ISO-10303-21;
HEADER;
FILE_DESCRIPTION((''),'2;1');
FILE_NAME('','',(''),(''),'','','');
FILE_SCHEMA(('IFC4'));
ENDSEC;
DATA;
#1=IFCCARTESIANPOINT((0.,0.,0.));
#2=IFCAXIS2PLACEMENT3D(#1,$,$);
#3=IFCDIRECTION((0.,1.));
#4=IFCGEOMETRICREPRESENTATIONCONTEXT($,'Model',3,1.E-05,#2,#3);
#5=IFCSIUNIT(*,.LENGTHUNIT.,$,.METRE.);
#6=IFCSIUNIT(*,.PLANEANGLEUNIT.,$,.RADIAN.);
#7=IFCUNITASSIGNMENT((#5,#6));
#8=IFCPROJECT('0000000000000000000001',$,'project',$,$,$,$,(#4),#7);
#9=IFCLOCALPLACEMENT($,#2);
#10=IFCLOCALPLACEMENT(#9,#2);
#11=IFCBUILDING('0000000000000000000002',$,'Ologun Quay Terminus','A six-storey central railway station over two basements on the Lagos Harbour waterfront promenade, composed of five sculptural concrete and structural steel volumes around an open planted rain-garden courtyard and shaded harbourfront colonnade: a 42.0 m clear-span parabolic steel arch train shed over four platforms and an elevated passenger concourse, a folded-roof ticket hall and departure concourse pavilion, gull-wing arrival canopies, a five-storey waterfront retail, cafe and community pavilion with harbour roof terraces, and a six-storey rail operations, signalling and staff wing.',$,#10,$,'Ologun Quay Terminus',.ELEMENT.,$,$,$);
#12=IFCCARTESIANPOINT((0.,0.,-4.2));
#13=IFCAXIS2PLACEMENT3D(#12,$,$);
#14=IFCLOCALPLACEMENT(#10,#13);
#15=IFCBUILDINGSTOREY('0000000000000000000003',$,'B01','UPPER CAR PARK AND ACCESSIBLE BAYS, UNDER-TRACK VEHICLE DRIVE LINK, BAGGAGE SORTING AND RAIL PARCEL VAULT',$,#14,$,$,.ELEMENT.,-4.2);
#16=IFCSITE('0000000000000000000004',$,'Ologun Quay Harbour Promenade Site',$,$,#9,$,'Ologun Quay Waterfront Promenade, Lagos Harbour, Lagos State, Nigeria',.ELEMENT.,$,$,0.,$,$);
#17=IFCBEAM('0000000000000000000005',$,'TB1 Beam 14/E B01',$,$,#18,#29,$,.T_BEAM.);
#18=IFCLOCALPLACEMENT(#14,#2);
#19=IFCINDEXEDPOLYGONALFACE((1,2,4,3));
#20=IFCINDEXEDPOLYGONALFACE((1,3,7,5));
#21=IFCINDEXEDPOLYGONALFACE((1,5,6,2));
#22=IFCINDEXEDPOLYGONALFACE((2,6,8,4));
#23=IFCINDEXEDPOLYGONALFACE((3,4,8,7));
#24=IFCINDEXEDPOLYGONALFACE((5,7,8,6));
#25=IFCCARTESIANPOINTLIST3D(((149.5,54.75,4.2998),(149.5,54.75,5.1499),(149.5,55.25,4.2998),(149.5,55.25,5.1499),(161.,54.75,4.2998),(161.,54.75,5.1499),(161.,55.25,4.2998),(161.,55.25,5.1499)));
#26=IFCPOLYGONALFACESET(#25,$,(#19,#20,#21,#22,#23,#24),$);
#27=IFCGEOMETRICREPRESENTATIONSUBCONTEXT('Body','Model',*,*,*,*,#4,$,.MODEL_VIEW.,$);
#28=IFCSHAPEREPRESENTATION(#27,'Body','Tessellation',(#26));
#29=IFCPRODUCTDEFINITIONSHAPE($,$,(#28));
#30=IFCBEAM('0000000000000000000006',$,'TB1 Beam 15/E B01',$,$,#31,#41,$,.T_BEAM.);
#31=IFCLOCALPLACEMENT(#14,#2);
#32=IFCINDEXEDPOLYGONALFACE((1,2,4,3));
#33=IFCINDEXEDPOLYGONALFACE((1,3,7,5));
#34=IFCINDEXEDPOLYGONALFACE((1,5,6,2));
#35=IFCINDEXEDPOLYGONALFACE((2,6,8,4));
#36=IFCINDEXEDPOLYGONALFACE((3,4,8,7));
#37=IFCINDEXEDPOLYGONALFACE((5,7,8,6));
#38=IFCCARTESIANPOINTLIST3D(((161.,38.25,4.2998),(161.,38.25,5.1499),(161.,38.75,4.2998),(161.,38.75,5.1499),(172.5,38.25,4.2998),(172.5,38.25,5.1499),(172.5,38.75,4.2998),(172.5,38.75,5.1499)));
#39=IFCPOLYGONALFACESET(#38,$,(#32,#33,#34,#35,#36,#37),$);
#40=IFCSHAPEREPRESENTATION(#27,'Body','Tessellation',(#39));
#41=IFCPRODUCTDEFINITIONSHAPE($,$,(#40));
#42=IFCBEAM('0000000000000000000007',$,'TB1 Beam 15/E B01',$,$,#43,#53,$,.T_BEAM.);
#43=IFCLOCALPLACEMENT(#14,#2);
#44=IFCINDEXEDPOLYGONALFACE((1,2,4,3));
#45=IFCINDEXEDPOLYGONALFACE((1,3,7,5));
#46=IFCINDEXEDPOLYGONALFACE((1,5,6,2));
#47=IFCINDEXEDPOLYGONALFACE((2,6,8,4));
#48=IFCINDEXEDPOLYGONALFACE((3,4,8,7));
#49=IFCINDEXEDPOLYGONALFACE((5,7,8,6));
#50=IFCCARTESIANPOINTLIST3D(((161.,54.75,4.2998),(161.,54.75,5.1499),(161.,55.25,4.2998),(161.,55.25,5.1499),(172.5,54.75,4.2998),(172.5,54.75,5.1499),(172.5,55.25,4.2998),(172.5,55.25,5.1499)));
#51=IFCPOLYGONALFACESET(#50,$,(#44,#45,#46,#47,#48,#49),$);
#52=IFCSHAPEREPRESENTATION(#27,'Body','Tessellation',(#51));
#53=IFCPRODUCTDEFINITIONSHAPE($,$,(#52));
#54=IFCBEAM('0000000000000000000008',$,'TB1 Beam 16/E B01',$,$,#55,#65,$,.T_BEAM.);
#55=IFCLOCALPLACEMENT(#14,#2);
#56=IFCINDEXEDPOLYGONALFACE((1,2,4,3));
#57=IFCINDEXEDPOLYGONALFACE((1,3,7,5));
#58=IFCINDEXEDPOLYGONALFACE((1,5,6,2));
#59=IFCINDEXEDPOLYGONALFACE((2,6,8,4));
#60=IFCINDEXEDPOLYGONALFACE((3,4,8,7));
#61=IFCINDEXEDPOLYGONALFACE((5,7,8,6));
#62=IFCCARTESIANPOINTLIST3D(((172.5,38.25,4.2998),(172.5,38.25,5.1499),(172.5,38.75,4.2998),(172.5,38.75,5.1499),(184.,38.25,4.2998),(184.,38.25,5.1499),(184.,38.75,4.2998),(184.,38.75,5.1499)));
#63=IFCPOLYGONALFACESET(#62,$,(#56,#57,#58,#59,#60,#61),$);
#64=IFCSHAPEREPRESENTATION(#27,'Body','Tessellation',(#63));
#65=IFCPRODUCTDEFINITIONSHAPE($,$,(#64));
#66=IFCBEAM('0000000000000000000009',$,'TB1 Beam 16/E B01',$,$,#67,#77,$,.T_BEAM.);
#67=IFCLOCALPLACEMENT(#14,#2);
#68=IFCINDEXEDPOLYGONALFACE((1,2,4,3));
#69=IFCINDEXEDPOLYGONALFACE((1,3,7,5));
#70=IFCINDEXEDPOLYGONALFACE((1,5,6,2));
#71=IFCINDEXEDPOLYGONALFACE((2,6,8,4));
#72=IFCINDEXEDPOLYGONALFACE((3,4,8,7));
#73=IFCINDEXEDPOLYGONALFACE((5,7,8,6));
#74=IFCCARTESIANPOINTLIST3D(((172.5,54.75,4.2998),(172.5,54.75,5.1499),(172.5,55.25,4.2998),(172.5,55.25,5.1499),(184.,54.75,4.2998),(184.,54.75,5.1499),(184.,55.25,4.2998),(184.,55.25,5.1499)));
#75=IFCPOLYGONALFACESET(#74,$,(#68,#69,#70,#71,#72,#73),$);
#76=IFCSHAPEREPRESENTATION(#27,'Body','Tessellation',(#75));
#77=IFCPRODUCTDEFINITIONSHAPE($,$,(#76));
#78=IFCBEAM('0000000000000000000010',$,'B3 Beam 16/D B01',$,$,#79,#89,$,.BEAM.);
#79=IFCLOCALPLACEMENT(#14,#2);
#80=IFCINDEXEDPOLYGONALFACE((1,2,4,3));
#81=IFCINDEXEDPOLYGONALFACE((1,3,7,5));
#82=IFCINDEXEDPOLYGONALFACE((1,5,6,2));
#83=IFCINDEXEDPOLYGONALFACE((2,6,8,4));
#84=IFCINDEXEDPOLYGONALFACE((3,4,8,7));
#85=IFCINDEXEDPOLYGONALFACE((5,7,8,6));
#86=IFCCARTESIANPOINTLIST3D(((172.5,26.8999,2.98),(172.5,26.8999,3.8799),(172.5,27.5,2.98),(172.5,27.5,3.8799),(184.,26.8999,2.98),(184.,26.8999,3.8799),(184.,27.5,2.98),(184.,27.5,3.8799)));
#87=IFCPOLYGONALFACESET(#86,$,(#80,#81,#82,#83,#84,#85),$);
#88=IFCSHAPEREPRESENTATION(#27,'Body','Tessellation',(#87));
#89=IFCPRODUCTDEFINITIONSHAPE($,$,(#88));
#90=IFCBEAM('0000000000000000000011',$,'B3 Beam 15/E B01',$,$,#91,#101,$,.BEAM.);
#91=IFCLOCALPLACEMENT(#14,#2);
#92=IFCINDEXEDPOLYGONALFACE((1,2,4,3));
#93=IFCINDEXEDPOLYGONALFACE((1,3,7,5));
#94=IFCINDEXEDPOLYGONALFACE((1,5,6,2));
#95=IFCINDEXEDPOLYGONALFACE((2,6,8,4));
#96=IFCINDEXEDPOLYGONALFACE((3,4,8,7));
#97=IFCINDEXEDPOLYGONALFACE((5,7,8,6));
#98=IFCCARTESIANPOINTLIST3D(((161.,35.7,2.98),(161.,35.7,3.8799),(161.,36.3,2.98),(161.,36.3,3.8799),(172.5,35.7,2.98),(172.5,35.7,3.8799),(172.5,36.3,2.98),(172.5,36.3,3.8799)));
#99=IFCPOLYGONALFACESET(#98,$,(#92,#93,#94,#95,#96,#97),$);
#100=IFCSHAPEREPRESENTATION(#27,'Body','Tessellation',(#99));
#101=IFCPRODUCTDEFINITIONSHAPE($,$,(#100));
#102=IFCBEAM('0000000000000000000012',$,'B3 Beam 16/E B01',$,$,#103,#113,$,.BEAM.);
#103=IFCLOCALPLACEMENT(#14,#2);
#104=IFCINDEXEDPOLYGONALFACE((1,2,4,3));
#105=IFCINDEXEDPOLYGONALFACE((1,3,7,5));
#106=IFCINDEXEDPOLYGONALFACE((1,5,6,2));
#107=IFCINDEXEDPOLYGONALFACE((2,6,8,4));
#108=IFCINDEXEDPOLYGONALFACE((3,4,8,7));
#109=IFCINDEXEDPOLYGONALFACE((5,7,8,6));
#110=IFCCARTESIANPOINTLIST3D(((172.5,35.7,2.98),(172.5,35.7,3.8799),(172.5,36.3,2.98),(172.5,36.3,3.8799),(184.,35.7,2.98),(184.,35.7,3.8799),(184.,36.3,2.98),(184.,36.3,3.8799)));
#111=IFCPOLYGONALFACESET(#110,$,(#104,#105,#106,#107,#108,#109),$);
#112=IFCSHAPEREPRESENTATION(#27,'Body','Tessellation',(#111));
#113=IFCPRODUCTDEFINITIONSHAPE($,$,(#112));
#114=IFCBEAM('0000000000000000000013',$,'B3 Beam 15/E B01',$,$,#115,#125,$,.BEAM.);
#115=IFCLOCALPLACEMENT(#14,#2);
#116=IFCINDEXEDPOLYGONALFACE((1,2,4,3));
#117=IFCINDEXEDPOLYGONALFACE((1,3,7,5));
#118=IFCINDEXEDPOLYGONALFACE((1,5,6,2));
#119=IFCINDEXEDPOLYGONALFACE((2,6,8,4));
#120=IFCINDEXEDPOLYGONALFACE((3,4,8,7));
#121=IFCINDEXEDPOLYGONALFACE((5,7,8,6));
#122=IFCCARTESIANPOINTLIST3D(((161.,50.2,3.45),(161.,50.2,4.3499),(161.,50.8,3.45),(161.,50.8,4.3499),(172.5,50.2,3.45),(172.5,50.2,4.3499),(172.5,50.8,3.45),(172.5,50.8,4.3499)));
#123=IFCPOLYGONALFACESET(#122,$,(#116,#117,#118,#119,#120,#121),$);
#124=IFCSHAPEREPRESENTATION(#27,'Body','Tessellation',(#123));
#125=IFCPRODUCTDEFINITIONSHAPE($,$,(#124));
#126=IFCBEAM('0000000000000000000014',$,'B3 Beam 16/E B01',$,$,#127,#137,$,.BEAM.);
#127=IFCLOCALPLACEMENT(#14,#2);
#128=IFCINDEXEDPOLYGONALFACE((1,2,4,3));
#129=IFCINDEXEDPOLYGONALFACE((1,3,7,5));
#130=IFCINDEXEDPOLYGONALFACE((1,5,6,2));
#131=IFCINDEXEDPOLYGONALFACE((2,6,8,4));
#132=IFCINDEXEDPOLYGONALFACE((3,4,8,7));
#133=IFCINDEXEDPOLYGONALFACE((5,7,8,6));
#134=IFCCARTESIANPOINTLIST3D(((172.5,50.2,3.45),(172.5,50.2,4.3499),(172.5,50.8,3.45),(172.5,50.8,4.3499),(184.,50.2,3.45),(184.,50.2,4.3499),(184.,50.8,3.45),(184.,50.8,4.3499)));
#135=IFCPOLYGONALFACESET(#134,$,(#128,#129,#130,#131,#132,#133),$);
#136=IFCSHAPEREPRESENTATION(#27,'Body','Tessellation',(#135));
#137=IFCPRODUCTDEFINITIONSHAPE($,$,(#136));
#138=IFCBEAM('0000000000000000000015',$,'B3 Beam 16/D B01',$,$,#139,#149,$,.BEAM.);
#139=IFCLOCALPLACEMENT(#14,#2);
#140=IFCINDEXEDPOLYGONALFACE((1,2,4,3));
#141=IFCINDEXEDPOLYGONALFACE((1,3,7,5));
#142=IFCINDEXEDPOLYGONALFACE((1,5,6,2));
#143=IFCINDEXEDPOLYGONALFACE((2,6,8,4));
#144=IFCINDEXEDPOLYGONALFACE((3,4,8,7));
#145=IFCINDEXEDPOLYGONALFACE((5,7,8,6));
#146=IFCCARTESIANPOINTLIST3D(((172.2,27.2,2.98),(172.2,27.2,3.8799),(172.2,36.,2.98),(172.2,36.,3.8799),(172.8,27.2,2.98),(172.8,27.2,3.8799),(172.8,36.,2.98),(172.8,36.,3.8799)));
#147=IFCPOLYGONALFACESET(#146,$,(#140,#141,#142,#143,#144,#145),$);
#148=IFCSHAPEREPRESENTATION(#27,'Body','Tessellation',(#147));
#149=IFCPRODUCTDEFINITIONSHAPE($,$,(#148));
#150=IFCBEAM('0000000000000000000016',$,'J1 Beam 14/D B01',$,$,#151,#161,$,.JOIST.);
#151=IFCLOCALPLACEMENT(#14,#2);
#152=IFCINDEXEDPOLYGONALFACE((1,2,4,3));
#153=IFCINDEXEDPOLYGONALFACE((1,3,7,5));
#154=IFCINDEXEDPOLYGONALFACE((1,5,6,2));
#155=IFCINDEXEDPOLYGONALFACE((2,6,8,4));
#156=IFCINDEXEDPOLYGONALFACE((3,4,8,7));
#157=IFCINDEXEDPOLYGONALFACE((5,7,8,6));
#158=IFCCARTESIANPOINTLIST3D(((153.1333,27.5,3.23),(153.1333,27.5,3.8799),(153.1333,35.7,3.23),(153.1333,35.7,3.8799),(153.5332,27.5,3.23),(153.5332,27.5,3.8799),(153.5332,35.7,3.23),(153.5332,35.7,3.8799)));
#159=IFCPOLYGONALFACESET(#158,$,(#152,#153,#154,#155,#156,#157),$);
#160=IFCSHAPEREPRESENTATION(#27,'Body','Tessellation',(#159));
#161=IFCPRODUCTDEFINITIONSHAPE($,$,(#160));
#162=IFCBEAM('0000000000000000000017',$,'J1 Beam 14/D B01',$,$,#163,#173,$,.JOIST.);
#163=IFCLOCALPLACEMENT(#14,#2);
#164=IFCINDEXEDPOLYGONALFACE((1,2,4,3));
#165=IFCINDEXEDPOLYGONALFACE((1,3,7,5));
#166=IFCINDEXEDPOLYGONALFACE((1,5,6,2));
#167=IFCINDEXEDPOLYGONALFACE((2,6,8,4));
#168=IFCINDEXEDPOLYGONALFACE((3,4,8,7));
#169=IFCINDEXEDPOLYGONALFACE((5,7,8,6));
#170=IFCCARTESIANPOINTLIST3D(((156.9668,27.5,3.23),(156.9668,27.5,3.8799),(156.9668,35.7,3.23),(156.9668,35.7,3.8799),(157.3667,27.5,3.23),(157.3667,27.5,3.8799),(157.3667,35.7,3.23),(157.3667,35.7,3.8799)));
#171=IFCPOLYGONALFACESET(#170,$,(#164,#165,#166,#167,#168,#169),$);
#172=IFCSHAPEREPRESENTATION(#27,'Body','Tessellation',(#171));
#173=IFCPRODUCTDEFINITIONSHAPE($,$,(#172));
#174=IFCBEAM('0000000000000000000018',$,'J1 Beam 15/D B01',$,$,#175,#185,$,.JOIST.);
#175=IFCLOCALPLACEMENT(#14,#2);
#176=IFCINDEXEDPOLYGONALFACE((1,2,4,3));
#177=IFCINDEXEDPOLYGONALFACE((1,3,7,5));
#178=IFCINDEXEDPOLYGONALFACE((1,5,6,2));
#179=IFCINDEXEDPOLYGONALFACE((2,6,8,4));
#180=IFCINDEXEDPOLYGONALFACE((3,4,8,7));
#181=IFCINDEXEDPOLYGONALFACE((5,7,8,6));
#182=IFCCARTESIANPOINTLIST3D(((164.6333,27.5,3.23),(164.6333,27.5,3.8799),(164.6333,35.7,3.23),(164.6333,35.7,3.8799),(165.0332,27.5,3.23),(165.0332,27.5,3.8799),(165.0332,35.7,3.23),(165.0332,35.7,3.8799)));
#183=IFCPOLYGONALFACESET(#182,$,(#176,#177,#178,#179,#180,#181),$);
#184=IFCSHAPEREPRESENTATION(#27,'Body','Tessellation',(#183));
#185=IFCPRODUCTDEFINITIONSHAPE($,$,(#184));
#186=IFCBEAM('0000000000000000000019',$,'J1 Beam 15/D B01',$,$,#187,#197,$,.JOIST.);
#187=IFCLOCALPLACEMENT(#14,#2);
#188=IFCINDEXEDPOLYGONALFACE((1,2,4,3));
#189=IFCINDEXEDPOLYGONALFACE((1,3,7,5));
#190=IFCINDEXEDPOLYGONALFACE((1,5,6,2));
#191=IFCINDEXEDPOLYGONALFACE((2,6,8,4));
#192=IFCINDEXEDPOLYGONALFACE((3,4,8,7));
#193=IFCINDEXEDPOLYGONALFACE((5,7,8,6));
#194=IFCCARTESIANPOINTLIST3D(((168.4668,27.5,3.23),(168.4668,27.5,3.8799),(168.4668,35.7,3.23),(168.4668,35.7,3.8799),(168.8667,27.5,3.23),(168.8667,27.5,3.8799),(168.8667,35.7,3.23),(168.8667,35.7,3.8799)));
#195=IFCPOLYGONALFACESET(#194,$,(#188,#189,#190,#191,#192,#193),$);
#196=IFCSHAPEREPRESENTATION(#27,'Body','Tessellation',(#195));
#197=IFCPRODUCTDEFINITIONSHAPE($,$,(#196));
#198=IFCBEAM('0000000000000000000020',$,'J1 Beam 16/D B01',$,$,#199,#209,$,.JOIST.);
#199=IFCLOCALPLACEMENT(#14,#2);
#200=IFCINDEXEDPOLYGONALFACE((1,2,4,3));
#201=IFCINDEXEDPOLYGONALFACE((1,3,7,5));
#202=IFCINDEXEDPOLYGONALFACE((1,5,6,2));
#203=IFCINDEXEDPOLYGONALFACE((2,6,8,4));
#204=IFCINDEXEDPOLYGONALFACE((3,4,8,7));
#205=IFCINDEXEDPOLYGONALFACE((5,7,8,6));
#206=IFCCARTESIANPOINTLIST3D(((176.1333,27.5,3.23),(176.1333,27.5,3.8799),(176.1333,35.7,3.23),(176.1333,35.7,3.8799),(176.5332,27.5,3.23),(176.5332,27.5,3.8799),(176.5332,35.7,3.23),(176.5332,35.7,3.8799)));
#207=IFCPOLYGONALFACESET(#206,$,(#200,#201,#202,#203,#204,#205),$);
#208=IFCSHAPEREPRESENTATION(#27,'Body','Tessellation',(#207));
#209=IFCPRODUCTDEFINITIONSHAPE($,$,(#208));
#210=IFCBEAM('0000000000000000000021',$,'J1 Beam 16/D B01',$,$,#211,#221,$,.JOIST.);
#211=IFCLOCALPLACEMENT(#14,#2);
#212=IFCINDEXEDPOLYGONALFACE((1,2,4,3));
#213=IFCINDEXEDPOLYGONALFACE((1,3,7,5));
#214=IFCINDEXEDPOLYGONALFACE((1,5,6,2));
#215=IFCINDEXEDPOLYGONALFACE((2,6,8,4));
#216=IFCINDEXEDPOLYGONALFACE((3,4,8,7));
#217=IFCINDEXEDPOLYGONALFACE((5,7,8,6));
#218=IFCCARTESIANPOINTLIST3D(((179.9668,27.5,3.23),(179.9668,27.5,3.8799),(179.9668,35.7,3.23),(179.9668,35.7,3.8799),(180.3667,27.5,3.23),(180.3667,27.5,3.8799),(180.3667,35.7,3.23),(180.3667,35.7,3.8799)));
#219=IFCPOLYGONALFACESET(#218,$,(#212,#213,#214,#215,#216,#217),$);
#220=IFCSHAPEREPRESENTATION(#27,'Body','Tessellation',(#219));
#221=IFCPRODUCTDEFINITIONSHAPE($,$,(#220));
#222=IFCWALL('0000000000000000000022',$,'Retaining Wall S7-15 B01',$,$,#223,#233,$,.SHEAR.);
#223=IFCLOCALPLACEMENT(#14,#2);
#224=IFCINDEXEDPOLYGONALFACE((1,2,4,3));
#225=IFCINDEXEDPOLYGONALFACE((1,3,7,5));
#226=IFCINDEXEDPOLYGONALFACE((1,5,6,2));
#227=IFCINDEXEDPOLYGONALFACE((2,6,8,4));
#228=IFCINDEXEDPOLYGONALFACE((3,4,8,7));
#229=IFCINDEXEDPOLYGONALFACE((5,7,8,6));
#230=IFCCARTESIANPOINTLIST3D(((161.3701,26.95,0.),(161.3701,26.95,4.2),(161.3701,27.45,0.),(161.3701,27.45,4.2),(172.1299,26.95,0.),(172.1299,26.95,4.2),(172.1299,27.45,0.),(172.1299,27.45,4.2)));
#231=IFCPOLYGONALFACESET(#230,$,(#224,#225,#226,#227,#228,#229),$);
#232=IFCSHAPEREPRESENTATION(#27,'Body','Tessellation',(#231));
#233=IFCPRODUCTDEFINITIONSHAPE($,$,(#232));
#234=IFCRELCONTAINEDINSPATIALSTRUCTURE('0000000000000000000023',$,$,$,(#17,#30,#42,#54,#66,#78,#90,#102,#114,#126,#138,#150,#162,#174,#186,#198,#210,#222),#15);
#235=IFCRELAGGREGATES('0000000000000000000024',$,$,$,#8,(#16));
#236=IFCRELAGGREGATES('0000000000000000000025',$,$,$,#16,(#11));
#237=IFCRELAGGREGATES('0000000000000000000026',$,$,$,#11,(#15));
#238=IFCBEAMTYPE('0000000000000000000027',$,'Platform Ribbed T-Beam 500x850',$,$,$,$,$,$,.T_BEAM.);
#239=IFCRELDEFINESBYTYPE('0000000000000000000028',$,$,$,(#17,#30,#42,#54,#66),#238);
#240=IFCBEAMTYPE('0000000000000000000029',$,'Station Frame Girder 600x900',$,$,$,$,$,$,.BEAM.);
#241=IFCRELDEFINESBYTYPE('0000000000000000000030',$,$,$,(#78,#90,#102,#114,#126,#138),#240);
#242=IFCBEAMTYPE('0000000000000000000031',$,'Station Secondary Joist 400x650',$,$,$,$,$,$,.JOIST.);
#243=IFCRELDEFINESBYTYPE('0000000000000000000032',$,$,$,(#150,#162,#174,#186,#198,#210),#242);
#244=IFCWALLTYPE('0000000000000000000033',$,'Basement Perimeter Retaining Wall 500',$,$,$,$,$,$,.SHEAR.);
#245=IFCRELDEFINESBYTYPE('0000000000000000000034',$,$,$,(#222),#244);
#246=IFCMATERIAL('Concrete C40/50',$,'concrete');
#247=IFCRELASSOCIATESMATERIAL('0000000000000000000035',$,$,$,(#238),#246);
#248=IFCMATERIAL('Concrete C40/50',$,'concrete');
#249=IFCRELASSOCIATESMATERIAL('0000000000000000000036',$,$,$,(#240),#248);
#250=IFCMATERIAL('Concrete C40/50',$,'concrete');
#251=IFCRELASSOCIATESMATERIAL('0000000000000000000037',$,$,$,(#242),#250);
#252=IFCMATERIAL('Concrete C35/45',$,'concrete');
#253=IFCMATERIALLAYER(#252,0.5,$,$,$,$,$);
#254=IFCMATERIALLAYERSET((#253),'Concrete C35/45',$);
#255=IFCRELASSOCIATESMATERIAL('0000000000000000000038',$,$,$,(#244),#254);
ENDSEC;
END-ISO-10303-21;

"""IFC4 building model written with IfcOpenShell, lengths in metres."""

from ifc_helpers import new_model, si_unit, direction, frame, frame_2d, origin, origin_2d, place, context, subcontext, project, spatial, rectangle, extrude, material, layer, layer_set, material_profile, profile_set, type_object, element, save


model = new_model("IFC4")

# Units and contexts
model_context = context("Model", 3, precision=1e-05, world=origin(), true_north=direction((0.0, 1.0)))
body_context = subcontext(model_context, "Body", "Model", "MODEL_VIEW")
ifc_project = project(units=[si_unit("LENGTHUNIT", "METRE"), si_unit("PLANEANGLEUNIT", "RADIAN")], contexts=[model_context])

# Site, building, storey
site_placement = place(None, origin())
site = spatial("IfcSite", under=ifc_project, at=site_placement, Name="Ologun Quay Harbour Promenade Site", LongName="Ologun Quay Waterfront Promenade, Lagos Harbour, Lagos State, Nigeria", CompositionType="ELEMENT", RefElevation=0.0)
building_placement = place(site_placement, origin())
building = spatial("IfcBuilding", under=site, at=building_placement, Name="Ologun Quay Terminus", Description="A six-storey central railway station over two basements on the Lagos Harbour waterfront promenade, composed of five sculptural concrete and structural steel volumes around an open planted rain-garden courtyard and shaded harbourfront colonnade: a 42.0 m clear-span parabolic steel arch train shed over four platforms and an elevated passenger concourse, a folded-roof ticket hall and departure concourse pavilion, gull-wing arrival canopies, a five-storey waterfront retail, cafe and community pavilion with harbour roof terraces, and a six-storey rail operations, signalling and staff wing.", LongName="Ologun Quay Terminus", CompositionType="ELEMENT")
storey_placement = place(building_placement, frame((0.0, 0.0, -4.2)))
storey = spatial("IfcBuildingStorey", under=building, at=storey_placement, Name="B01", Description="UPPER CAR PARK AND ACCESSIBLE BAYS, UNDER-TRACK VEHICLE DRIVE LINK, BAGGAGE SORTING AND RAIL PARCEL VAULT", CompositionType="ELEMENT", Elevation=-4.2)

# Beams
ifc_material_1 = material(Name="Concrete C40/50", Category="concrete")
ifc_material_profile_1 = material_profile(ifc_material_1, rectangle(XDim=0.5, YDim=0.8501, at=origin_2d()), Name="RC 500x850")
ifc_profile_set_1 = profile_set([ifc_material_profile_1], Name="Concrete C40/50")
beam_type_1 = type_object("IfcBeamType", Name="Platform Ribbed T-Beam 500x850", PredefinedType="T_BEAM", material=ifc_profile_set_1)
for number, where, z_axis, x_axis, name in (
    (1, (149.5, 55.0, 4.7249), (1.0, 0.0, 0.0), (0.0, 1.0, 0.0), "TB1 Beam 14/E B01"),
    (2, (161.0, 38.5, 4.7249), (1.0, 0.0, 0.0), (0.0, 1.0, 0.0), "TB1 Beam 15/E B01"),
    (3, (161.0, 55.0, 4.7249), (1.0, 0.0, 0.0), (0.0, 1.0, 0.0), "TB1 Beam 15/E B01"),
    (4, (172.5, 38.5, 4.7249), (1.0, 0.0, 0.0), (0.0, 1.0, 0.0), "TB1 Beam 16/E B01"),
    (5, (172.5, 55.0, 4.7249), (1.0, 0.0, 0.0), (0.0, 1.0, 0.0), "TB1 Beam 16/E B01"),
):
    element("IfcBeam", number, at=place(storey_placement, frame(where, z_axis=z_axis, x_axis=x_axis)), inside=storey, type_object=beam_type_1, Name=name, PredefinedType="T_BEAM", context=body_context, shape_type="SweptSolid", body=[
        extrude(rectangle(XDim=0.5, YDim=0.8501, at=origin_2d()), origin(), (0.0, 0.0, 1.0), 11.5),
    ])
ifc_material_2 = material(Name="Concrete C40/50", Category="concrete")
ifc_material_profile_2 = material_profile(ifc_material_2, rectangle(XDim=0.6001, YDim=0.8999, at=origin_2d()), Name="RC 600x900")
ifc_profile_set_2 = profile_set([ifc_material_profile_2], Name="Concrete C40/50")
beam_type_2 = type_object("IfcBeamType", Name="Station Frame Girder 600x900", PredefinedType="BEAM", material=ifc_profile_set_2)
for number, where, z_axis, x_axis, name in (
    (6, (172.5, 27.2, 3.4299), (1.0, 0.0, 0.0), (0.0, 1.0, 0.0), "B3 Beam 16/D B01"),
    (7, (161.0, 36.0, 3.4299), (1.0, 0.0, 0.0), (0.0, 1.0, 0.0), "B3 Beam 15/E B01"),
    (8, (172.5, 36.0, 3.4299), (1.0, 0.0, 0.0), (0.0, 1.0, 0.0), "B3 Beam 16/E B01"),
    (9, (161.0, 50.5, 3.8999), (1.0, 0.0, 0.0), (0.0, 1.0, 0.0), "B3 Beam 15/E B01"),
    (10, (172.5, 50.5, 3.8999), (1.0, 0.0, 0.0), (0.0, 1.0, 0.0), "B3 Beam 16/E B01"),
):
    element("IfcBeam", number, at=place(storey_placement, frame(where, z_axis=z_axis, x_axis=x_axis)), inside=storey, type_object=beam_type_2, Name=name, PredefinedType="BEAM", context=body_context, shape_type="SweptSolid", body=[
        extrude(rectangle(XDim=0.6001, YDim=0.8999, at=origin_2d()), origin(), (0.0, 0.0, 1.0), 11.5),
    ])
beam_1_placement = place(storey_placement, frame((172.5, 27.2, 3.4299), z_axis=(0.0, 1.0, 0.0), x_axis=(-1.0, 0.0, 0.0)))
element("IfcBeam", 11, at=beam_1_placement, inside=storey, type_object=beam_type_2, Name="B3 Beam 16/D B01", PredefinedType="BEAM", context=body_context, shape_type="SweptSolid", body=[
    extrude(rectangle(XDim=0.6001, YDim=0.8999, at=origin_2d()), origin(), (0.0, 0.0, 1.0), 8.8),
])
ifc_material_3 = material(Name="Concrete C40/50", Category="concrete")
ifc_material_profile_3 = material_profile(ifc_material_3, rectangle(XDim=0.3999, YDim=0.6499, at=origin_2d()), Name="RC 400x650")
ifc_profile_set_3 = profile_set([ifc_material_profile_3], Name="Concrete C40/50")
beam_type_3 = type_object("IfcBeamType", Name="Station Secondary Joist 400x650", PredefinedType="JOIST", material=ifc_profile_set_3)
for number, where, z_axis, x_axis, name in (
    (12, (153.3333, 27.5, 3.5549), (0.0, 1.0, 0.0), (-1.0, 0.0, 0.0), "J1 Beam 14/D B01"),
    (13, (157.1667, 27.5, 3.5549), (0.0, 1.0, 0.0), (-1.0, 0.0, 0.0), "J1 Beam 14/D B01"),
    (14, (164.8333, 27.5, 3.5549), (0.0, 1.0, 0.0), (-1.0, 0.0, 0.0), "J1 Beam 15/D B01"),
    (15, (168.6667, 27.5, 3.5549), (0.0, 1.0, 0.0), (-1.0, 0.0, 0.0), "J1 Beam 15/D B01"),
    (16, (176.3333, 27.5, 3.5549), (0.0, 1.0, 0.0), (-1.0, 0.0, 0.0), "J1 Beam 16/D B01"),
    (17, (180.1667, 27.5, 3.5549), (0.0, 1.0, 0.0), (-1.0, 0.0, 0.0), "J1 Beam 16/D B01"),
):
    element("IfcBeam", number, at=place(storey_placement, frame(where, z_axis=z_axis, x_axis=x_axis)), inside=storey, type_object=beam_type_3, Name=name, PredefinedType="JOIST", context=body_context, shape_type="SweptSolid", body=[
        extrude(rectangle(XDim=0.3999, YDim=0.6499, at=origin_2d()), origin(), (0.0, 0.0, 1.0), 8.2),
    ])

# Wall
ifc_material_4 = material(Name="Concrete C35/45", Category="concrete")
ifc_layer = layer(ifc_material_4, 0.5)
ifc_layer_set = layer_set([ifc_layer], Name="Concrete C35/45")
wall_type = type_object("IfcWallType", Name="Basement Perimeter Retaining Wall 500", PredefinedType="SHEAR", material=ifc_layer_set)
wall_1_placement = place(storey_placement, frame((161.3701, 27.2, 0.0), z_axis=(0.0, 0.0, 1.0), x_axis=(1.0, 0.0, 0.0)))
element("IfcWall", 18, at=wall_1_placement, inside=storey, type_object=wall_type, Name="Retaining Wall S7-15 B01", PredefinedType="SHEAR", context=body_context, shape_type="SweptSolid", body=[
    extrude(rectangle(XDim=10.7598, YDim=0.5, at=frame_2d((5.3799, 0.0))), origin(), (0.0, 0.0, 1.0), 4.2),
])

save(model, "model.ifc")
